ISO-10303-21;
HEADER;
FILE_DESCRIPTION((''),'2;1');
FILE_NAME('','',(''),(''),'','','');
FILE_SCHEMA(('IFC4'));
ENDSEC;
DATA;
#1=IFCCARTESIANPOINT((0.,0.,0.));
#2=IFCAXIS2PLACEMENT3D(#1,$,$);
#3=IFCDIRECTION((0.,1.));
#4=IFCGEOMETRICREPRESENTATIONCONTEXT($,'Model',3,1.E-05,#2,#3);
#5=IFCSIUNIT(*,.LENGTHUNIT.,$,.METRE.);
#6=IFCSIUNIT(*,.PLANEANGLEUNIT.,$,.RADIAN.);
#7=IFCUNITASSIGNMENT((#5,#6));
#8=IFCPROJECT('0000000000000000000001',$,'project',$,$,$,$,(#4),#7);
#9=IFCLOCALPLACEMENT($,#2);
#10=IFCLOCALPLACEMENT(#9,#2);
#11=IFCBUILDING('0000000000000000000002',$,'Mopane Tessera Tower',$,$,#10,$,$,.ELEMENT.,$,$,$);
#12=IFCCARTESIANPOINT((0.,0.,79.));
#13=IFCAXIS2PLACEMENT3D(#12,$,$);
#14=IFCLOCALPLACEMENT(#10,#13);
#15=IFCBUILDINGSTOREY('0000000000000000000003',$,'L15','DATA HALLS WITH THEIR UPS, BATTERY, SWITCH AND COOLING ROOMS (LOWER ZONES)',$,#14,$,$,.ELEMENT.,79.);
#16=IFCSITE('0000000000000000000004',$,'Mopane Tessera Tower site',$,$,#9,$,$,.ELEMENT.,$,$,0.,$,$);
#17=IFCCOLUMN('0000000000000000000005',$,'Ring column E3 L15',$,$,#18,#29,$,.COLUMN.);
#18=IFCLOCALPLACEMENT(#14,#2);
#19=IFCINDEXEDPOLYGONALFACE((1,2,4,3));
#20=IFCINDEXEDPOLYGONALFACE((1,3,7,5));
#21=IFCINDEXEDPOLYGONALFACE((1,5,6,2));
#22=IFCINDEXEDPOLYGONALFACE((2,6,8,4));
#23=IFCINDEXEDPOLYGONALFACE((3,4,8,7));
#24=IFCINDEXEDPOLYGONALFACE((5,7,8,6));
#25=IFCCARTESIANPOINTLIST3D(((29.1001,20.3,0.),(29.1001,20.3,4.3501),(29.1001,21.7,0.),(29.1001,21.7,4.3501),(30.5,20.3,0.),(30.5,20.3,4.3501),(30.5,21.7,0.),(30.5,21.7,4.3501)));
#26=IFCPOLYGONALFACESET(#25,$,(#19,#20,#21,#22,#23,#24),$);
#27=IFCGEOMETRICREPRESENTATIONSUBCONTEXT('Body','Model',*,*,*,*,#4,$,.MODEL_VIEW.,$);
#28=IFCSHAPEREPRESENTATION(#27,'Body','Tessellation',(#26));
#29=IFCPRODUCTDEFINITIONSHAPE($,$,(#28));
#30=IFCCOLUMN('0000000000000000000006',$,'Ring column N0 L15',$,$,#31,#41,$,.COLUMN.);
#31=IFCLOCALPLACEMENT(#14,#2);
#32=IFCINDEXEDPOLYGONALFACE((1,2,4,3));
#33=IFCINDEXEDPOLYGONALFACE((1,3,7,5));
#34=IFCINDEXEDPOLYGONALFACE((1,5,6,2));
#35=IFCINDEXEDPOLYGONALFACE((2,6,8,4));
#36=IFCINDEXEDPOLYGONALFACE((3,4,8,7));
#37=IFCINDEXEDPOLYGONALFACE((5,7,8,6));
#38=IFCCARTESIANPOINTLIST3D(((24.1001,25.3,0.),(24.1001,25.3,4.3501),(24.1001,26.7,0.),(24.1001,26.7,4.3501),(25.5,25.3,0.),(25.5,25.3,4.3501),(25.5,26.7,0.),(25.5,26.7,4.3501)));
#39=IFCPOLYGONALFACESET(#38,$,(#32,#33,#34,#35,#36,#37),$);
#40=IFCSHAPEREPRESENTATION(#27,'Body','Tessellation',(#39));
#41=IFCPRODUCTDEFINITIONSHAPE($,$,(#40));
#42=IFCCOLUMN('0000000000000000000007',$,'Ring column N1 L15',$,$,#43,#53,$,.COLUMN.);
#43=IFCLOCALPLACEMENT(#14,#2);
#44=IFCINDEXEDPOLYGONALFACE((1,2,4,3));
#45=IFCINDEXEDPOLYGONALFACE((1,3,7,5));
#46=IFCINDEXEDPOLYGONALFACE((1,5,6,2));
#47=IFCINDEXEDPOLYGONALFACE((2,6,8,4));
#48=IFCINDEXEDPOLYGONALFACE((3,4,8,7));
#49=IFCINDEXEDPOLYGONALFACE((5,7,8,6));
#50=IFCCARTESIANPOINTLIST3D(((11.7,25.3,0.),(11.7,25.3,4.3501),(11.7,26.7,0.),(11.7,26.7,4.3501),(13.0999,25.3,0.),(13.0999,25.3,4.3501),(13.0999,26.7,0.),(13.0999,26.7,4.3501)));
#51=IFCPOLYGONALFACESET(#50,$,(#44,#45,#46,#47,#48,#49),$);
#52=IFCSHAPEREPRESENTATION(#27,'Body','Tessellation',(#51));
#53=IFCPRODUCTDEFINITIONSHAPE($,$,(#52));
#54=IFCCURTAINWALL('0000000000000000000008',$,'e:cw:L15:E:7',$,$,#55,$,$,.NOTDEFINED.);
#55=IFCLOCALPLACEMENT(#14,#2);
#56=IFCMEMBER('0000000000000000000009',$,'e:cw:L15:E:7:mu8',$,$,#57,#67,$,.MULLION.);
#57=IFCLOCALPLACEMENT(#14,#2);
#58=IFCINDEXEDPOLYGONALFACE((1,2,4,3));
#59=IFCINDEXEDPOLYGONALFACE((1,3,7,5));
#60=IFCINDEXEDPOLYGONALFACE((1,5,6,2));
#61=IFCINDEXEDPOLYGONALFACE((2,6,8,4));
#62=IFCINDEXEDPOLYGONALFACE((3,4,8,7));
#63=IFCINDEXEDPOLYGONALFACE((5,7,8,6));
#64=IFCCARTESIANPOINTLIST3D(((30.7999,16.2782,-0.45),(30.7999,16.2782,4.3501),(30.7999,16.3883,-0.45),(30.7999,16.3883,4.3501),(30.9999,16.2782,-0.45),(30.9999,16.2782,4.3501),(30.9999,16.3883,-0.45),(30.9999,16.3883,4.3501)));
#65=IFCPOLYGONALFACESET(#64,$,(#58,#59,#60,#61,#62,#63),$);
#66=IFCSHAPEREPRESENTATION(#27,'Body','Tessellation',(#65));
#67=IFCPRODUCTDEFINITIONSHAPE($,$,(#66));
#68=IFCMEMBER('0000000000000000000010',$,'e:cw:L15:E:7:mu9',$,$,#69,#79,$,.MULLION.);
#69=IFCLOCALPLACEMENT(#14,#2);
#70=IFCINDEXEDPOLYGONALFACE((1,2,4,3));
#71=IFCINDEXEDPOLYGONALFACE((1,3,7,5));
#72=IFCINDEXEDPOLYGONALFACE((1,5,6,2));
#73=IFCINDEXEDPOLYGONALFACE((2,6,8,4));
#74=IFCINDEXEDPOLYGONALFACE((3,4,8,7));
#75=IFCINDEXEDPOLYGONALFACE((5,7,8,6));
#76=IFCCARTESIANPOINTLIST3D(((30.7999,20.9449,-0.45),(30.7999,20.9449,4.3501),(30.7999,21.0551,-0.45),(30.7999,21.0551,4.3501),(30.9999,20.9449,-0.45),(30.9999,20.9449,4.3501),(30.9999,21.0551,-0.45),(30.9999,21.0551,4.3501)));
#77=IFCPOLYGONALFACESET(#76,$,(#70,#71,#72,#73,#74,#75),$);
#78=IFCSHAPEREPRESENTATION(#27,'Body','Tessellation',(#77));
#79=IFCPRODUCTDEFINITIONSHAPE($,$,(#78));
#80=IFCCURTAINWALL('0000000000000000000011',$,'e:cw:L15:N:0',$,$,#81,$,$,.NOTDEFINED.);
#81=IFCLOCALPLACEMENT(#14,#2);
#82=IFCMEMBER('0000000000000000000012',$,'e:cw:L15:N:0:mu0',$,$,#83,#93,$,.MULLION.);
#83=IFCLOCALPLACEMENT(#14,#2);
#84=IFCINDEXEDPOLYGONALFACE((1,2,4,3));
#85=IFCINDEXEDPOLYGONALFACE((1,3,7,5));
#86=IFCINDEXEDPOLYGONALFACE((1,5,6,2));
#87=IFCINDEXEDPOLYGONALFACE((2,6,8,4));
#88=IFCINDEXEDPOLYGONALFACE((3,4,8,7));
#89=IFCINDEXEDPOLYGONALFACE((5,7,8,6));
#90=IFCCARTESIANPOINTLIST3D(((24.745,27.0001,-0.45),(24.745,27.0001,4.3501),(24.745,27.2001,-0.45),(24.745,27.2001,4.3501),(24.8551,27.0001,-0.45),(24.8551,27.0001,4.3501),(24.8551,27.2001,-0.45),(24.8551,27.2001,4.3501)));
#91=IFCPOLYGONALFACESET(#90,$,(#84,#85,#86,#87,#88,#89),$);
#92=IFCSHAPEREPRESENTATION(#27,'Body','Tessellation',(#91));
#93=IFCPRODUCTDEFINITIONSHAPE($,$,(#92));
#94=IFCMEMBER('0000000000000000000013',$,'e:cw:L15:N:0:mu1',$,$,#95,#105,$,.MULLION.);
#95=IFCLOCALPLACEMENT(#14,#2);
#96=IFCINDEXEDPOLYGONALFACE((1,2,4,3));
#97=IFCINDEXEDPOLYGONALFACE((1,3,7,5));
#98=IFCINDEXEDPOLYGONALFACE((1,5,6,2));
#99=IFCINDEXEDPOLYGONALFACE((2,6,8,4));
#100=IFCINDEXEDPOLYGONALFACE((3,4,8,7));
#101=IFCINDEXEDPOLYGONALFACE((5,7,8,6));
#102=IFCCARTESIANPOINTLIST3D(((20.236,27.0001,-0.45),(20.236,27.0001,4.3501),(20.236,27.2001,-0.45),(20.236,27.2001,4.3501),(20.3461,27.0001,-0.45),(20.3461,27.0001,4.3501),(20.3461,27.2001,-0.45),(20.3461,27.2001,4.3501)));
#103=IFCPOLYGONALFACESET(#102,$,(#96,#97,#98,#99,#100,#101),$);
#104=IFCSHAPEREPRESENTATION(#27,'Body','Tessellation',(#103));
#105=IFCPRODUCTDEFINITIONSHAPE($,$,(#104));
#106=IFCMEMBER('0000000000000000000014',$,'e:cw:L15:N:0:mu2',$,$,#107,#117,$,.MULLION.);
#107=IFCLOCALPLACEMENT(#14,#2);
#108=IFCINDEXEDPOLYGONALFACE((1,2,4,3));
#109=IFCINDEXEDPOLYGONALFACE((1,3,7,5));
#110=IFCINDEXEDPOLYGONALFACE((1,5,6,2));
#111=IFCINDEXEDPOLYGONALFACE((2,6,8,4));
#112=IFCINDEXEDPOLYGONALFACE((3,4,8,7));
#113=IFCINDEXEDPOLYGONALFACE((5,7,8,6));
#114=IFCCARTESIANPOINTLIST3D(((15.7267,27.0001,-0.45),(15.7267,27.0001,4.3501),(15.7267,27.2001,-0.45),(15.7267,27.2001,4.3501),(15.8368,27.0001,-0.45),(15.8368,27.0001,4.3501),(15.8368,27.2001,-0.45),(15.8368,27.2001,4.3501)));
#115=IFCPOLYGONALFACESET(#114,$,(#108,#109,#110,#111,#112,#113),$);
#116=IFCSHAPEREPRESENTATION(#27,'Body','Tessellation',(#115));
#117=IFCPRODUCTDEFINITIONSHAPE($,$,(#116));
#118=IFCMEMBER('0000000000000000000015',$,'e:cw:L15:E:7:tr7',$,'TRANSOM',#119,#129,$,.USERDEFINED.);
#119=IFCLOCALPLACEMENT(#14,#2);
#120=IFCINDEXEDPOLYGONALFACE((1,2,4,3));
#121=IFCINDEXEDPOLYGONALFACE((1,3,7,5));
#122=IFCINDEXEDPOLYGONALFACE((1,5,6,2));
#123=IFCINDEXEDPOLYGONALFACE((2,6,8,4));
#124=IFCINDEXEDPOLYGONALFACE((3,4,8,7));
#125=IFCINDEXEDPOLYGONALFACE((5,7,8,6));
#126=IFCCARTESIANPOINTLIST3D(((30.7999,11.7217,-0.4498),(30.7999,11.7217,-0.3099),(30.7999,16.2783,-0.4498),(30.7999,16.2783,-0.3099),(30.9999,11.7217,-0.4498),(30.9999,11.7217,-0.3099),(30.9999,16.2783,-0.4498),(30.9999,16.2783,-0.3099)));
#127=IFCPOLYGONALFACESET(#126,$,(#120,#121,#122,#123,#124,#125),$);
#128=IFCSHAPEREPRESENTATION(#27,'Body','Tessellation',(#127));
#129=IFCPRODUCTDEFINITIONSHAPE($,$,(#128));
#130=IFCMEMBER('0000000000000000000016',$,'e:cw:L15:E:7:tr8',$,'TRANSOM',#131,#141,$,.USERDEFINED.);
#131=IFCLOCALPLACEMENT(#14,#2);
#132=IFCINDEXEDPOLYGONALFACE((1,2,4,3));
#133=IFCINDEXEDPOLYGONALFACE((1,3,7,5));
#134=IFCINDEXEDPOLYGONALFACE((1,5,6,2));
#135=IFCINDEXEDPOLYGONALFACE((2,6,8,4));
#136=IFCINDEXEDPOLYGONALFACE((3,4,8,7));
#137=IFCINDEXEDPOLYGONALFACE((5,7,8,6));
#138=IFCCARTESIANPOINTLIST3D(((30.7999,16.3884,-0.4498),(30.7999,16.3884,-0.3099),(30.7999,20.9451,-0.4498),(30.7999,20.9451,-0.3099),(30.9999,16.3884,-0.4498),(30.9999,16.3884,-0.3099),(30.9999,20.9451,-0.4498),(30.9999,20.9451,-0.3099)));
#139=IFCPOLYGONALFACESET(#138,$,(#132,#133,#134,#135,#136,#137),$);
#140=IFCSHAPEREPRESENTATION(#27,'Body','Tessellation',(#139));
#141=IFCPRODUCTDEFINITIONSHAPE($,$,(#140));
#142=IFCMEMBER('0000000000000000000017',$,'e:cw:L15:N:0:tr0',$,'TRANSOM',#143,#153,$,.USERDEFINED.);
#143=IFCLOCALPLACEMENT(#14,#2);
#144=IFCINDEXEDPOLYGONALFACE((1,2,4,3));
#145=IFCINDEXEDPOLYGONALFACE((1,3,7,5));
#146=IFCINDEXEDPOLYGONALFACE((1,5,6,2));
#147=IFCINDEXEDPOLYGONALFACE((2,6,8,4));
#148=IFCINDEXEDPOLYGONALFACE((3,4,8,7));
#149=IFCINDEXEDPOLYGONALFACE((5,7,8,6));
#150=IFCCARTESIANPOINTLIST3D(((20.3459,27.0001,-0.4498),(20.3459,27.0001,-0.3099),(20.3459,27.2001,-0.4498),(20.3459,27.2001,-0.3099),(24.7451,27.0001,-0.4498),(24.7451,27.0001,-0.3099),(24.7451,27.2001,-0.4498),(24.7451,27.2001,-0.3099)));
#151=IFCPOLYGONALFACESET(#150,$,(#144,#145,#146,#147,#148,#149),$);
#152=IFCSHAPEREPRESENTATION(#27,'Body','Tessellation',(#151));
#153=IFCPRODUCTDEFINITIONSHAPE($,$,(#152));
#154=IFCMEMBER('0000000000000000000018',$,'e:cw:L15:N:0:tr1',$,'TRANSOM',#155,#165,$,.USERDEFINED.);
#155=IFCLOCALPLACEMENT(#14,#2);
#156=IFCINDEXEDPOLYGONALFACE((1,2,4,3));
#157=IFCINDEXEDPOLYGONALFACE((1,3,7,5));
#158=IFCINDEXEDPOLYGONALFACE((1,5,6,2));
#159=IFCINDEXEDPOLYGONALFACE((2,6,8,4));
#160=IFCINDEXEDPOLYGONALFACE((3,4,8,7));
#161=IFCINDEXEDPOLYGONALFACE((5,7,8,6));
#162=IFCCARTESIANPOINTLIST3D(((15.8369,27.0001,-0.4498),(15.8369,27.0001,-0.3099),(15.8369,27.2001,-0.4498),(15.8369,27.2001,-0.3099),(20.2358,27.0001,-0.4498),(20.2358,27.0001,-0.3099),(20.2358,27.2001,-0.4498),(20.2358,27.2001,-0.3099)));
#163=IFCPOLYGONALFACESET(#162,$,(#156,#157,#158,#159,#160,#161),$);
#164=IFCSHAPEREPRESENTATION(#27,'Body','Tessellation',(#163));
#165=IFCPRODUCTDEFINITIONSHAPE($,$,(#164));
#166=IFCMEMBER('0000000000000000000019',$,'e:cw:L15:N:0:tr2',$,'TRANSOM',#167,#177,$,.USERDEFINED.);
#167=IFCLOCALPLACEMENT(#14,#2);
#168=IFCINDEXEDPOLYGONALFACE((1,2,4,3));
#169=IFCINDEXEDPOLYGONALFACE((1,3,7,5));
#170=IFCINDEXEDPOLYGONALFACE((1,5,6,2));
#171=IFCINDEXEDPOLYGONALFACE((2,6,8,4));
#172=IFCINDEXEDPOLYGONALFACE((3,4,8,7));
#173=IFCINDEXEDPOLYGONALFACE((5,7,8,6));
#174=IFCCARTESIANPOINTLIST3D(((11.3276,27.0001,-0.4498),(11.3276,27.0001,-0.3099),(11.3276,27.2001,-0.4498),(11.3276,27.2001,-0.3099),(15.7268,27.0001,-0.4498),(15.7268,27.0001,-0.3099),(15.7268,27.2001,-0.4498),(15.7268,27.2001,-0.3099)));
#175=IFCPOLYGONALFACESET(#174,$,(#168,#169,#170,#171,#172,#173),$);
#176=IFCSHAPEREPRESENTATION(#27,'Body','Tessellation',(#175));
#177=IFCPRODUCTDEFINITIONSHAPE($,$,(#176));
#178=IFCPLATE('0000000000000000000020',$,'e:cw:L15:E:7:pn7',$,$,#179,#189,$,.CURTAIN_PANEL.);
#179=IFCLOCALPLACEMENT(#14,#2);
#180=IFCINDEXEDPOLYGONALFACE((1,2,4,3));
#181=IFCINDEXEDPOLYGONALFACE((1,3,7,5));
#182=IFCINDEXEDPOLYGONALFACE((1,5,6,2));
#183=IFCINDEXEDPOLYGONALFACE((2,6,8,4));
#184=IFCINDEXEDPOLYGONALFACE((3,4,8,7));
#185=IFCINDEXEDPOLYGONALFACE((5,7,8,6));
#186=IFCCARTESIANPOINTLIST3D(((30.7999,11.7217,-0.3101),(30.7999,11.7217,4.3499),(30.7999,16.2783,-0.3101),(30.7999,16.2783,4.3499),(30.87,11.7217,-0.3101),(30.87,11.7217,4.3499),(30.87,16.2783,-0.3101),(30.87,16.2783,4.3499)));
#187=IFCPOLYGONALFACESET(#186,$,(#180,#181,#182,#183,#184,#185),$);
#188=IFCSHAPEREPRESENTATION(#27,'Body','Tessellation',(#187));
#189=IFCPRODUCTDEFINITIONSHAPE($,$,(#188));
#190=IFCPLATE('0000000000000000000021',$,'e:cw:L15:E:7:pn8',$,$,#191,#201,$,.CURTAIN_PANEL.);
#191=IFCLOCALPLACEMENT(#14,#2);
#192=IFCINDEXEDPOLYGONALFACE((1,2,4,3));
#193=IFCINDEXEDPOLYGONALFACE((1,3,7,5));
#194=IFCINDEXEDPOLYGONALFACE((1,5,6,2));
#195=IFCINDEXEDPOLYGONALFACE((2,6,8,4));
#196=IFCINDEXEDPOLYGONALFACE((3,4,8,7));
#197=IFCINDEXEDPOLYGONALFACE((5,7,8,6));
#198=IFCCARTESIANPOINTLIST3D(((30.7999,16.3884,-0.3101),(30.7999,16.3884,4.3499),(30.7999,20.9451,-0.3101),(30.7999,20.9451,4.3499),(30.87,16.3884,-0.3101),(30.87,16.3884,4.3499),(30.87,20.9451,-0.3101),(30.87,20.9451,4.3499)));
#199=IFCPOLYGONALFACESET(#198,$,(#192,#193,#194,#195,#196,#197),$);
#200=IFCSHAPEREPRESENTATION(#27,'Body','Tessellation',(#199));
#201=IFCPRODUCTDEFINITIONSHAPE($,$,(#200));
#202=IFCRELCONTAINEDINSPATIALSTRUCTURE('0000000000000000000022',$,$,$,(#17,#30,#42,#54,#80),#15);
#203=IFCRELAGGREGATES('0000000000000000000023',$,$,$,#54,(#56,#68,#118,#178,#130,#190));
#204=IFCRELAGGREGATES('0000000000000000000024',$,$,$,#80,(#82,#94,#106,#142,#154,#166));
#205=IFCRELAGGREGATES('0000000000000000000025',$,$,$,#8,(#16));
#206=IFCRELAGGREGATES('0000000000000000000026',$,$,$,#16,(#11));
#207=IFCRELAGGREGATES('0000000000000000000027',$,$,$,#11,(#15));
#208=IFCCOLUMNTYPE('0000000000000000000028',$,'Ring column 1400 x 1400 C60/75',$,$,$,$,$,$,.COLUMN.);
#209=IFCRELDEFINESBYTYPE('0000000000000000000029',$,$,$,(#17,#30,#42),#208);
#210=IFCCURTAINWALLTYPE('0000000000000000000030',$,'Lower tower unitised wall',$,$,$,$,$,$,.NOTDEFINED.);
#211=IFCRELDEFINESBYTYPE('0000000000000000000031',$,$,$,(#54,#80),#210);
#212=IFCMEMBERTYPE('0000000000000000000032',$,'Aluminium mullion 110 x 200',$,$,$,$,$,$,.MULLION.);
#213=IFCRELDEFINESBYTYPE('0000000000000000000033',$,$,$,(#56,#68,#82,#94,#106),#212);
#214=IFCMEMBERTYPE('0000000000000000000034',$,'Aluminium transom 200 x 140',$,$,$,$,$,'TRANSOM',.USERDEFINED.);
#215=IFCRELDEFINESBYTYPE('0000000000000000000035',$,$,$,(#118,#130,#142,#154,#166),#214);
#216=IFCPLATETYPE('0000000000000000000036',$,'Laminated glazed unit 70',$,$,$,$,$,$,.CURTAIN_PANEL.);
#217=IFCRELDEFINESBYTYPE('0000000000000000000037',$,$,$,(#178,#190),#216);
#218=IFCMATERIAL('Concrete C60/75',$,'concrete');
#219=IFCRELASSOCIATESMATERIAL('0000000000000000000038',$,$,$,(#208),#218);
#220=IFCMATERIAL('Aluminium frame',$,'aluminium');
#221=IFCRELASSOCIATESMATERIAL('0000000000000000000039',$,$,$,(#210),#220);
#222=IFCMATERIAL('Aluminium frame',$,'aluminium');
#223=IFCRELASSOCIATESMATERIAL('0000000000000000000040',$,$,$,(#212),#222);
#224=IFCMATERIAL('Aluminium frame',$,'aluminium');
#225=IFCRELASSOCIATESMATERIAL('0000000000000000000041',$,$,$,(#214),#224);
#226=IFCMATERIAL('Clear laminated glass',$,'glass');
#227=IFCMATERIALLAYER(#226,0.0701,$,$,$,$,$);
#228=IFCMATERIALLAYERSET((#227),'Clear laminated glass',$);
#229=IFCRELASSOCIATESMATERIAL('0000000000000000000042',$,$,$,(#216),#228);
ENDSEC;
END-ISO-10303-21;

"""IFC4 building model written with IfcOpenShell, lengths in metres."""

from ifc_helpers import new_model, si_unit, direction, frame, origin, origin_2d, place, context, subcontext, project, spatial, rectangle, extrude, material, layer, layer_set, material_profile, profile_set, type_object, element, aggregate, save


model = new_model("IFC4")

# Units and contexts
model_context = context("Model", 3, precision=1e-05, world=origin(), true_north=direction((0.0, 1.0)))
body_context = subcontext(model_context, "Body", "Model", "MODEL_VIEW")
ifc_project = project(units=[si_unit("LENGTHUNIT", "METRE"), si_unit("PLANEANGLEUNIT", "RADIAN")], contexts=[model_context])

# Site, building, storey
site_placement = place(None, origin())
site = spatial("IfcSite", under=ifc_project, at=site_placement, Name="Mopane Tessera Tower site", CompositionType="ELEMENT", RefElevation=0.0)
building_placement = place(site_placement, origin())
building = spatial("IfcBuilding", under=site, at=building_placement, Name="Mopane Tessera Tower", CompositionType="ELEMENT")
storey_placement = place(building_placement, frame((0.0, 0.0, 79.0)))
storey = spatial("IfcBuildingStorey", under=building, at=storey_placement, Name="L15", Description="DATA HALLS WITH THEIR UPS, BATTERY, SWITCH AND COOLING ROOMS (LOWER ZONES)", CompositionType="ELEMENT", Elevation=79.0)

# Columns
ifc_material_1 = material(Name="Concrete C60/75", Category="concrete")
ifc_material_profile_1 = material_profile(ifc_material_1, rectangle(XDim=1.3999, YDim=1.3999, at=origin_2d()))
ifc_profile_set_1 = profile_set([ifc_material_profile_1], Name="Concrete C60/75")
column_type = type_object("IfcColumnType", Name="Ring column 1400 x 1400 C60/75", PredefinedType="COLUMN", material=ifc_profile_set_1)
for number, where, z_axis, x_axis, name in (
    (1, (29.8, 21.0, 0.0), (0.0, 0.0, 1.0), (1.0, 0.0, 0.0), "Ring column E3 L15"),
    (2, (24.8, 26.0, 0.0), (0.0, 0.0, 1.0), (1.0, 0.0, 0.0), "Ring column N0 L15"),
    (3, (12.3999, 26.0, 0.0), (0.0, 0.0, 1.0), (1.0, 0.0, 0.0), "Ring column N1 L15"),
):
    element("IfcColumn", number, at=place(storey_placement, frame(where, z_axis=z_axis, x_axis=x_axis)), inside=storey, type_object=column_type, Name=name, PredefinedType="COLUMN", context=body_context, shape_type="SweptSolid", body=[
        extrude(rectangle(XDim=1.3999, YDim=1.3999, at=origin_2d()), origin(), (0.0, 0.0, 1.0), 4.3501),
    ])

# Curtain walls, members
ifc_material_2 = material(Name="Aluminium frame", Category="aluminium")
curtain_wall_type = type_object("IfcCurtainWallType", Name="Lower tower unitised wall", PredefinedType="NOTDEFINED", material=ifc_material_2)
curtain_wall_1_placement = place(storey_placement, origin())
curtain_wall_1 = element("IfcCurtainWall", 4, at=curtain_wall_1_placement, inside=storey, type_object=curtain_wall_type, Name="e:cw:L15:E:7", PredefinedType="NOTDEFINED")
ifc_material_3 = material(Name="Aluminium frame", Category="aluminium")
ifc_material_profile_2 = material_profile(ifc_material_3, rectangle(XDim=0.1101, YDim=0.2, at=origin_2d()))
ifc_profile_set_2 = profile_set([ifc_material_profile_2], Name="Aluminium frame")
member_type_1 = type_object("IfcMemberType", Name="Aluminium mullion 110 x 200", PredefinedType="MULLION", material=ifc_profile_set_2)
member_1_placement = place(storey_placement, frame((30.8999, 16.3333, -0.45), z_axis=(0.0, 0.0, 1.0), x_axis=(0.0, 1.0, 0.0)))
member_1 = element("IfcMember", 5, at=member_1_placement, type_object=member_type_1, Name="e:cw:L15:E:7:mu8", PredefinedType="MULLION", context=body_context, shape_type="SweptSolid", body=[
    extrude(rectangle(XDim=0.1101, YDim=0.2, at=origin_2d()), origin(), (0.0, 0.0, 1.0), 4.8),
])
member_2_placement = place(storey_placement, frame((30.8999, 21.0, -0.45), z_axis=(0.0, 0.0, 1.0), x_axis=(0.0, 1.0, 0.0)))
member_2 = element("IfcMember", 6, at=member_2_placement, type_object=member_type_1, Name="e:cw:L15:E:7:mu9", PredefinedType="MULLION", context=body_context, shape_type="SweptSolid", body=[
    extrude(rectangle(XDim=0.1101, YDim=0.2, at=origin_2d()), origin(), (0.0, 0.0, 1.0), 4.8),
])
curtain_wall_2_placement = place(storey_placement, origin())
curtain_wall_2 = element("IfcCurtainWall", 7, at=curtain_wall_2_placement, inside=storey, type_object=curtain_wall_type, Name="e:cw:L15:N:0", PredefinedType="NOTDEFINED")
member_3_placement = place(storey_placement, frame((24.8, 27.1001, -0.45), z_axis=(0.0, 0.0, 1.0), x_axis=(-1.0, 0.0, 0.0)))
member_3 = element("IfcMember", 8, at=member_3_placement, type_object=member_type_1, Name="e:cw:L15:N:0:mu0", PredefinedType="MULLION", context=body_context, shape_type="SweptSolid", body=[
    extrude(rectangle(XDim=0.1101, YDim=0.2, at=origin_2d()), origin(), (0.0, 0.0, 1.0), 4.8),
])
member_4_placement = place(storey_placement, frame((20.291, 27.1001, -0.45), z_axis=(0.0, 0.0, 1.0), x_axis=(-1.0, 0.0, 0.0)))
member_4 = element("IfcMember", 9, at=member_4_placement, type_object=member_type_1, Name="e:cw:L15:N:0:mu1", PredefinedType="MULLION", context=body_context, shape_type="SweptSolid", body=[
    extrude(rectangle(XDim=0.1101, YDim=0.2, at=origin_2d()), origin(), (0.0, 0.0, 1.0), 4.8),
])
member_5_placement = place(storey_placement, frame((15.7817, 27.1001, -0.45), z_axis=(0.0, 0.0, 1.0), x_axis=(-1.0, 0.0, 0.0)))
member_5 = element("IfcMember", 10, at=member_5_placement, type_object=member_type_1, Name="e:cw:L15:N:0:mu2", PredefinedType="MULLION", context=body_context, shape_type="SweptSolid", body=[
    extrude(rectangle(XDim=0.1101, YDim=0.2, at=origin_2d()), origin(), (0.0, 0.0, 1.0), 4.8),
])

# Members
ifc_material_4 = material(Name="Aluminium frame", Category="aluminium")
ifc_material_profile_3 = material_profile(ifc_material_4, rectangle(XDim=0.2, YDim=0.1399, at=origin_2d()))
ifc_profile_set_3 = profile_set([ifc_material_profile_3], Name="Aluminium frame")
member_type_2 = type_object("IfcMemberType", Name="Aluminium transom 200 x 140", ElementType="TRANSOM", PredefinedType="USERDEFINED", material=ifc_profile_set_3)
member_6_placement = place(storey_placement, frame((30.8999, 11.7217, -0.3799), z_axis=(0.0, 1.0, 0.0), x_axis=(-1.0, 0.0, 0.0)))
member_6 = element("IfcMember", 11, at=member_6_placement, type_object=member_type_2, Name="e:cw:L15:E:7:tr7", ObjectType="TRANSOM", PredefinedType="USERDEFINED", context=body_context, shape_type="SweptSolid", body=[
    extrude(rectangle(XDim=0.2, YDim=0.1399, at=origin_2d()), origin(), (0.0, 0.0, 1.0), 4.5566),
])
member_7_placement = place(storey_placement, frame((30.8999, 16.3884, -0.3799), z_axis=(0.0, 1.0, 0.0), x_axis=(-1.0, 0.0, 0.0)))
member_7 = element("IfcMember", 12, at=member_7_placement, type_object=member_type_2, Name="e:cw:L15:E:7:tr8", ObjectType="TRANSOM", PredefinedType="USERDEFINED", context=body_context, shape_type="SweptSolid", body=[
    extrude(rectangle(XDim=0.2, YDim=0.1399, at=origin_2d()), origin(), (0.0, 0.0, 1.0), 4.5566),
])
member_8_placement = place(storey_placement, frame((24.7451, 27.1001, -0.3799), z_axis=(-1.0, 0.0, 0.0), x_axis=(0.0, -1.0, 0.0)))
member_8 = element("IfcMember", 13, at=member_8_placement, type_object=member_type_2, Name="e:cw:L15:N:0:tr0", ObjectType="TRANSOM", PredefinedType="USERDEFINED", context=body_context, shape_type="SweptSolid", body=[
    extrude(rectangle(XDim=0.2, YDim=0.1399, at=origin_2d()), origin(), (0.0, 0.0, 1.0), 4.3992),
])
member_9_placement = place(storey_placement, frame((20.2358, 27.1001, -0.3799), z_axis=(-1.0, 0.0, 0.0), x_axis=(0.0, -1.0, 0.0)))
member_9 = element("IfcMember", 14, at=member_9_placement, type_object=member_type_2, Name="e:cw:L15:N:0:tr1", ObjectType="TRANSOM", PredefinedType="USERDEFINED", context=body_context, shape_type="SweptSolid", body=[
    extrude(rectangle(XDim=0.2, YDim=0.1399, at=origin_2d()), origin(), (0.0, 0.0, 1.0), 4.3989),
])
member_10_placement = place(storey_placement, frame((15.7268, 27.1001, -0.3799), z_axis=(-1.0, 0.0, 0.0), x_axis=(0.0, -1.0, 0.0)))
member_10 = element("IfcMember", 15, at=member_10_placement, type_object=member_type_2, Name="e:cw:L15:N:0:tr2", ObjectType="TRANSOM", PredefinedType="USERDEFINED", context=body_context, shape_type="SweptSolid", body=[
    extrude(rectangle(XDim=0.2, YDim=0.1399, at=origin_2d()), origin(), (0.0, 0.0, 1.0), 4.3992),
])

# Plates
ifc_material_5 = material(Name="Clear laminated glass", Category="glass")
ifc_layer_1 = layer(ifc_material_5, 0.0701)
ifc_layer_set_1 = layer_set([ifc_layer_1], Name="Clear laminated glass")
plate_type = type_object("IfcPlateType", Name="Laminated glazed unit 70", PredefinedType="CURTAIN_PANEL", material=ifc_layer_set_1)
plate_1_placement = place(storey_placement, frame((30.835, 14.0, -0.3101), z_axis=(0.0, 0.0, 1.0), x_axis=(0.0, 1.0, 0.0)))
plate_1 = element("IfcPlate", 16, at=plate_1_placement, type_object=plate_type, Name="e:cw:L15:E:7:pn7", PredefinedType="CURTAIN_PANEL", context=body_context, shape_type="SweptSolid", body=[
    extrude(rectangle(XDim=4.5566, YDim=0.0701, at=origin_2d()), origin(), (0.0, 0.0, 1.0), 4.6599),
])
plate_2_placement = place(storey_placement, frame((30.835, 18.6667, -0.3101), z_axis=(0.0, 0.0, 1.0), x_axis=(0.0, 1.0, 0.0)))
plate_2 = element("IfcPlate", 17, at=plate_2_placement, type_object=plate_type, Name="e:cw:L15:E:7:pn8", PredefinedType="CURTAIN_PANEL", context=body_context, shape_type="SweptSolid", body=[
    extrude(rectangle(XDim=4.5566, YDim=0.0701, at=origin_2d()), origin(), (0.0, 0.0, 1.0), 4.6599),
])
aggregate(curtain_wall_1, [member_1, member_2, member_6, plate_1, member_7, plate_2])
aggregate(curtain_wall_2, [member_3, member_4, member_5, member_8, member_9, member_10])

save(model, "model.ifc")
